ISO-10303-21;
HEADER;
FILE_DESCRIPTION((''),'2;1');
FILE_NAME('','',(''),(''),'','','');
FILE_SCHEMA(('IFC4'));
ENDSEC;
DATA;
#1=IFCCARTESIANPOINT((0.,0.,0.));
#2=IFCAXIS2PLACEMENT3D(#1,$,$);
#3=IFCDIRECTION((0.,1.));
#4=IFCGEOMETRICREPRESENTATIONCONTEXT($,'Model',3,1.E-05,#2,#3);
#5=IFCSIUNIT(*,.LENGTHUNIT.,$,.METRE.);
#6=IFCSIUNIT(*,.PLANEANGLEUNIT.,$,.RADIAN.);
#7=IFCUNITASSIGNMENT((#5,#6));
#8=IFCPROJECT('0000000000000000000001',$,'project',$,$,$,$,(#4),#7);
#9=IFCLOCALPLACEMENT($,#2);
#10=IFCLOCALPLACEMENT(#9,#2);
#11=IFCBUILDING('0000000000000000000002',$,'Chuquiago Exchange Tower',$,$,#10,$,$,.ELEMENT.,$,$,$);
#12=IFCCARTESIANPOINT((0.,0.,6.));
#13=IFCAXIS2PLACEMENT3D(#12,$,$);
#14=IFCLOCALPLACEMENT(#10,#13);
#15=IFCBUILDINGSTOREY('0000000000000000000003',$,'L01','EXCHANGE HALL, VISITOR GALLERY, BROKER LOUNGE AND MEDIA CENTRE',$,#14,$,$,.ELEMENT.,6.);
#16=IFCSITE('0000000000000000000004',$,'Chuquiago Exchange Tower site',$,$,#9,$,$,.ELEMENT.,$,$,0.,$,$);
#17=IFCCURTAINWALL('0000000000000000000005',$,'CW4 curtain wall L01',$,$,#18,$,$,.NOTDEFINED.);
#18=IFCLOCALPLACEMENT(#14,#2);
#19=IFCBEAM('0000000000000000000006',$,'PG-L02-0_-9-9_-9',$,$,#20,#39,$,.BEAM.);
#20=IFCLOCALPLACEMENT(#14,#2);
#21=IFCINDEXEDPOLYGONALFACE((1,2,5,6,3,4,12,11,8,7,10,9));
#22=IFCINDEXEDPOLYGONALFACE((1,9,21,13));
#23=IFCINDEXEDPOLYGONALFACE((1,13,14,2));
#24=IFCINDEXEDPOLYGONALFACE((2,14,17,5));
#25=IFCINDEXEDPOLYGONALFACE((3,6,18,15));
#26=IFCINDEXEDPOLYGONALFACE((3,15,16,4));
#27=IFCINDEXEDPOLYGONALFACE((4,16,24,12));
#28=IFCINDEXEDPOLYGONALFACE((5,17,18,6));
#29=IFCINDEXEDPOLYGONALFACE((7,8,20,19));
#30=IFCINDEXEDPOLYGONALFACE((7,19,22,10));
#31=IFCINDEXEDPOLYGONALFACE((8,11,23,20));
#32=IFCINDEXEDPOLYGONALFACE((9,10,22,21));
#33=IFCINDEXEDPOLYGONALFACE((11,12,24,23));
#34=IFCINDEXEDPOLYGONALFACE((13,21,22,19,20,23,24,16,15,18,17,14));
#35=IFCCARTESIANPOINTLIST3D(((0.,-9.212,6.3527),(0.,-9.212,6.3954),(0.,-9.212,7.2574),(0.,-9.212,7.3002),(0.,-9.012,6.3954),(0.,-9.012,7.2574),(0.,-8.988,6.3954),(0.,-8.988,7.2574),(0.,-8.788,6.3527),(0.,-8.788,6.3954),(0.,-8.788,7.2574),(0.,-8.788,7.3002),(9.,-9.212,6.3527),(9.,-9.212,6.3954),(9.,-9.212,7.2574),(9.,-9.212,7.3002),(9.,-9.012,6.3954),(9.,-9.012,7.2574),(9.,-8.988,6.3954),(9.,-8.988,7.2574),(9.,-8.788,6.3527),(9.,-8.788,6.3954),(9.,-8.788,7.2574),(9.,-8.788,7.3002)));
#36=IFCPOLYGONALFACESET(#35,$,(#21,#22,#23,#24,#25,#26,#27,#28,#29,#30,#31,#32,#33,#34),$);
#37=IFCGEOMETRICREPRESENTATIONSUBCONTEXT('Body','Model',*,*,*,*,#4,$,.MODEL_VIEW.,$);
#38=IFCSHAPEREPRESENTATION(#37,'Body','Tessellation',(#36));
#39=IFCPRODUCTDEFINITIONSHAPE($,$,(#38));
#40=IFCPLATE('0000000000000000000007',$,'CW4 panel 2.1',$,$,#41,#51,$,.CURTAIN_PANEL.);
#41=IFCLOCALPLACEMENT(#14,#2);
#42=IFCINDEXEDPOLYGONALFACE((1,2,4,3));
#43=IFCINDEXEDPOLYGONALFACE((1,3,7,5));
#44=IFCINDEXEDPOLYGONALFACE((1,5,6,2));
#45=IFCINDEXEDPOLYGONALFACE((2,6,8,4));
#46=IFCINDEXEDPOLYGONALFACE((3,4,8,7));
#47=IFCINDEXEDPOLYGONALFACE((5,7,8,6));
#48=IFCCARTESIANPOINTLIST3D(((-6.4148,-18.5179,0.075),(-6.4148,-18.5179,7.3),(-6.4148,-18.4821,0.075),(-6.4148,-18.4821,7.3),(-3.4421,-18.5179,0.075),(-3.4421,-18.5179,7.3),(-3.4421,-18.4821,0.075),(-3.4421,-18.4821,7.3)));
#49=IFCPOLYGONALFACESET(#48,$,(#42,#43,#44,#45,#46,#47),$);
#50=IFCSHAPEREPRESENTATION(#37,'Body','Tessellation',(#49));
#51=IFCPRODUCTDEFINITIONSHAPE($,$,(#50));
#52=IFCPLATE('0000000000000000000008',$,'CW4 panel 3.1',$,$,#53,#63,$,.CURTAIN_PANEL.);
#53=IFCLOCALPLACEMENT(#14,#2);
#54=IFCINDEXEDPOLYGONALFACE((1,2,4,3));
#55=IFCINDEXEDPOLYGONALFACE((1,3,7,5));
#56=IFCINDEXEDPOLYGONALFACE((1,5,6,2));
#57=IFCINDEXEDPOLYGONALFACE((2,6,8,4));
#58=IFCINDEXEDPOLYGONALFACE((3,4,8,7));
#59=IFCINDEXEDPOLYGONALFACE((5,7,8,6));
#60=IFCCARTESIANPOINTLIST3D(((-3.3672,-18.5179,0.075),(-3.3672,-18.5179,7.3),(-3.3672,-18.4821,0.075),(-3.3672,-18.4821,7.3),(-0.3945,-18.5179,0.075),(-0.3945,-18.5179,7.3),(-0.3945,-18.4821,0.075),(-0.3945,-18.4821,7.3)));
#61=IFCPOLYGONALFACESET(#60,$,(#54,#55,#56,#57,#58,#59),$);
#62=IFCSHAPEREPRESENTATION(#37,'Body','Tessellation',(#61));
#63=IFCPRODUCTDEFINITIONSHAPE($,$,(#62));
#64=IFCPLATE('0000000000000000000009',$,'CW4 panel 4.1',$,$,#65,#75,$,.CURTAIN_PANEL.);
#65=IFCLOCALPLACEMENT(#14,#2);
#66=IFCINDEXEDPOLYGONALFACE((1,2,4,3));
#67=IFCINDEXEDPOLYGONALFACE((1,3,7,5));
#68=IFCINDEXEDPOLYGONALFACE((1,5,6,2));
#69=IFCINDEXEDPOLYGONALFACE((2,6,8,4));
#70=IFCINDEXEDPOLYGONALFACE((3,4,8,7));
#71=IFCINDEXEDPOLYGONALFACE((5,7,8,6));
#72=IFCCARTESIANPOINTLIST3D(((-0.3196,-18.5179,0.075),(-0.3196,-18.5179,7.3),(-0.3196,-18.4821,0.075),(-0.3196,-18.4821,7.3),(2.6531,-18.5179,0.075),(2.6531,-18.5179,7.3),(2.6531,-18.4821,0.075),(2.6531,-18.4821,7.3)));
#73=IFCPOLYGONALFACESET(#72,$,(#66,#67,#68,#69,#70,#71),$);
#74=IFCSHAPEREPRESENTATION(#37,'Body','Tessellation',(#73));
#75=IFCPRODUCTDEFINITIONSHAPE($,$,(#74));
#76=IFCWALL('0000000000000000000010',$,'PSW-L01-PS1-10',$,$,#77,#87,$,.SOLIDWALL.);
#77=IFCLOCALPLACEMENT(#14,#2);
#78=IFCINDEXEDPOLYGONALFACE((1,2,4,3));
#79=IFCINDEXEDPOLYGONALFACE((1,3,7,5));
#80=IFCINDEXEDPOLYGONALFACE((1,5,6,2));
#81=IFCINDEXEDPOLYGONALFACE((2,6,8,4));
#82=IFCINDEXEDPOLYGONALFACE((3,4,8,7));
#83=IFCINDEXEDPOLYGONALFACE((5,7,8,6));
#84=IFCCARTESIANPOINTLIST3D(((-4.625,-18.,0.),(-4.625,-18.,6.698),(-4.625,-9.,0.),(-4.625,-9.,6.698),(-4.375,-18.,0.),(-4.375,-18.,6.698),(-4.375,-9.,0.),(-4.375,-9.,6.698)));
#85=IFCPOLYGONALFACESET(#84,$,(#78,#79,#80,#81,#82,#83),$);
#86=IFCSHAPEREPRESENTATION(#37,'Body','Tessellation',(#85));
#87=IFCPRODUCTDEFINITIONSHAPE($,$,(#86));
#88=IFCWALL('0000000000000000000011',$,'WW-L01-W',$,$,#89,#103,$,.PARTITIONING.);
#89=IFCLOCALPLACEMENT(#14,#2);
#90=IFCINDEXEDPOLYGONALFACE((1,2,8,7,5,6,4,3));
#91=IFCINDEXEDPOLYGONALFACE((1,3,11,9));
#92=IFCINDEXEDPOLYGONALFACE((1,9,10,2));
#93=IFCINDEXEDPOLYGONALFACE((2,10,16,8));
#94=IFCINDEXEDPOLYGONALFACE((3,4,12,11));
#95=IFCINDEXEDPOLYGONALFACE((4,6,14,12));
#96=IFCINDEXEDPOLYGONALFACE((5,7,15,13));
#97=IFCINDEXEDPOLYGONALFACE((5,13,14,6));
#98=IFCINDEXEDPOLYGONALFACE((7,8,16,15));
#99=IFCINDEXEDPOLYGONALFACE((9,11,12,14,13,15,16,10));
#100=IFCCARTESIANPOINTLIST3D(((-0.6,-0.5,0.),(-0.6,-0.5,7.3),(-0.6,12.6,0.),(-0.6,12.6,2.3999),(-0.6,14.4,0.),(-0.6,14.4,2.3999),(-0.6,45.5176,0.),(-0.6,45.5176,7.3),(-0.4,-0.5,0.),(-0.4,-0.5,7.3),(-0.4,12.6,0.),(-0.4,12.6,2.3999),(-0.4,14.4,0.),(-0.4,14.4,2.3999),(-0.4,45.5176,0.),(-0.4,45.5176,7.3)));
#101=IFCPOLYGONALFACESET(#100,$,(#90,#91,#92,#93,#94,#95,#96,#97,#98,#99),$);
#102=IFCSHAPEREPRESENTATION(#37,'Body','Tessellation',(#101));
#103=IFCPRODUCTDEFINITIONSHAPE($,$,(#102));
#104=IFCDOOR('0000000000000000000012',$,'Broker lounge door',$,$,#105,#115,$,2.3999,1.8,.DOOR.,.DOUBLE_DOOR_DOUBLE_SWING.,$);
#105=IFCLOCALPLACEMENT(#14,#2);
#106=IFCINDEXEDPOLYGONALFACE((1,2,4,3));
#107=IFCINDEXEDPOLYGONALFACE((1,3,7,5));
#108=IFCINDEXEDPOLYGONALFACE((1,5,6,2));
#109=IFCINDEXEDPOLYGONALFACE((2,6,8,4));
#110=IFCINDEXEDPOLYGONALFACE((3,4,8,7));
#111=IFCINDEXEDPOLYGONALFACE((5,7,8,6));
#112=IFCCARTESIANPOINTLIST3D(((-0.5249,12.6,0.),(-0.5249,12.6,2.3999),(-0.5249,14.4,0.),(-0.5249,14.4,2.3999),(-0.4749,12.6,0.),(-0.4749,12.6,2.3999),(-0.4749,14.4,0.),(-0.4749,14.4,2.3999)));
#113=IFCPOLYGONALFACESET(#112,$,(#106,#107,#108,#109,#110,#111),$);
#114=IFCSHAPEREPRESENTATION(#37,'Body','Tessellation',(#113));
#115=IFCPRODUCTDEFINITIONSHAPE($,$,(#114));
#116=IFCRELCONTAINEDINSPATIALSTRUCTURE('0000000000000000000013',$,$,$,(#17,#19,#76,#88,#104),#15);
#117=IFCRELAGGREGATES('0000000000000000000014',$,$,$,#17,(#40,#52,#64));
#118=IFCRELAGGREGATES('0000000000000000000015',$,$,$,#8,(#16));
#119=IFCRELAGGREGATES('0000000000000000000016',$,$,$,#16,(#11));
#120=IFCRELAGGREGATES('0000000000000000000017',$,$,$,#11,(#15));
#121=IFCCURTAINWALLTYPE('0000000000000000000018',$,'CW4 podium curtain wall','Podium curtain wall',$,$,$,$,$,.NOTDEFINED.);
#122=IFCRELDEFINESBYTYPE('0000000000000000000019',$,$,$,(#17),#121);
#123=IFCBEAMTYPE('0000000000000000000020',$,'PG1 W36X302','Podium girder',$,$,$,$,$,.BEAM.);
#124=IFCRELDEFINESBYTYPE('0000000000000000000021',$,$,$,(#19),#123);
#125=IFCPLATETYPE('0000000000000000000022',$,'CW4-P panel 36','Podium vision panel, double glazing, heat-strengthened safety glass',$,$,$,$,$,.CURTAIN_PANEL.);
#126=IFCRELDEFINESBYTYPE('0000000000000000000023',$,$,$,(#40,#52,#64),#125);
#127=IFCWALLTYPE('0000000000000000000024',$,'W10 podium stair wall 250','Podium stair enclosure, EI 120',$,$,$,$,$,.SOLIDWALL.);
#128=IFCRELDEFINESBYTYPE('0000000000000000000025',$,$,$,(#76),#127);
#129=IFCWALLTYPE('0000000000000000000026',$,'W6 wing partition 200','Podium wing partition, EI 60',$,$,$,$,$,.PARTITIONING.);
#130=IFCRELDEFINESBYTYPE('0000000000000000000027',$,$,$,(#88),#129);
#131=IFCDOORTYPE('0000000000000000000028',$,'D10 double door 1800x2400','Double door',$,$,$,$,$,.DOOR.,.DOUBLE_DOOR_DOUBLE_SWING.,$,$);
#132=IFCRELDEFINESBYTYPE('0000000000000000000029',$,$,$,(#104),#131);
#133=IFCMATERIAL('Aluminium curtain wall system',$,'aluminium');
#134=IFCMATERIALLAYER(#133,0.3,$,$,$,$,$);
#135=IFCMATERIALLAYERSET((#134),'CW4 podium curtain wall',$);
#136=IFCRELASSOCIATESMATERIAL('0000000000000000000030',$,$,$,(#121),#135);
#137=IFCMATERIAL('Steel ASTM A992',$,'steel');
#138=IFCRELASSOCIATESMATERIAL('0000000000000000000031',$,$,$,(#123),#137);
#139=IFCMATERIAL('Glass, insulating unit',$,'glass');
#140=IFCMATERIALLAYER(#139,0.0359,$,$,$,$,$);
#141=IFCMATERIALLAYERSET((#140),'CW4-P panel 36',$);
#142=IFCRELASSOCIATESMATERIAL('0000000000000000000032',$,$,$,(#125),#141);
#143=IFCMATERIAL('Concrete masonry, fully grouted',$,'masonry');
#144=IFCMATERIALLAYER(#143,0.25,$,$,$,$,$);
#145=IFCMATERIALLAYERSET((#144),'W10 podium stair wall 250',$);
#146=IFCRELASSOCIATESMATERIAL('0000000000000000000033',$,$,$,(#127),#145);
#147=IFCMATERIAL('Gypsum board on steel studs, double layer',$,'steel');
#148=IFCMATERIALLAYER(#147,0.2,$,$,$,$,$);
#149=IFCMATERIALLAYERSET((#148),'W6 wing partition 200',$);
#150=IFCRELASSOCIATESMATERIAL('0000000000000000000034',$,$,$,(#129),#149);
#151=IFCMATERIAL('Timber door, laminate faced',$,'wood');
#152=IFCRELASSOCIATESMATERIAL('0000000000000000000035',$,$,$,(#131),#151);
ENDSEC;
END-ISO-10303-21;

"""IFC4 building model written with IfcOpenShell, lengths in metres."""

from ifc_helpers import new_model, si_unit, direction, frame, frame_2d, origin, origin_2d, place, context, subcontext, project, spatial, rectangle, i_section, extrude, material, layer, layer_set, material_profile, profile_set, type_object, element, fill, aggregate, save


model = new_model("IFC4")

# Units and contexts
model_context = context("Model", 3, precision=1e-05, world=origin(), true_north=direction((0.0, 1.0)))
body_context = subcontext(model_context, "Body", "Model", "MODEL_VIEW")
ifc_project = project(units=[si_unit("LENGTHUNIT", "METRE"), si_unit("PLANEANGLEUNIT", "RADIAN")], contexts=[model_context])

# Site, building, storey
site_placement = place(None, origin())
site = spatial("IfcSite", under=ifc_project, at=site_placement, Name="Chuquiago Exchange Tower site", CompositionType="ELEMENT", RefElevation=0.0)
building_placement = place(site_placement, origin())
building = spatial("IfcBuilding", under=site, at=building_placement, Name="Chuquiago Exchange Tower", CompositionType="ELEMENT")
storey_placement = place(building_placement, frame((0.0, 0.0, 6.0)))
storey = spatial("IfcBuildingStorey", under=building, at=storey_placement, Name="L01", Description="EXCHANGE HALL, VISITOR GALLERY, BROKER LOUNGE AND MEDIA CENTRE", CompositionType="ELEMENT", Elevation=6.0)

# Curtain wall
ifc_material_1 = material(Name="Aluminium curtain wall system", Category="aluminium")
ifc_layer_1 = layer(ifc_material_1, 0.3)
ifc_layer_set_1 = layer_set([ifc_layer_1], Name="CW4 podium curtain wall")
curtain_wall_type = type_object("IfcCurtainWallType", Name="CW4 podium curtain wall", Description="Podium curtain wall", PredefinedType="NOTDEFINED", material=ifc_layer_set_1)
curtain_wall_placement = place(storey_placement, origin())
curtain_wall = element("IfcCurtainWall", 1, at=curtain_wall_placement, inside=storey, type_object=curtain_wall_type, Name="CW4 curtain wall L01", PredefinedType="NOTDEFINED")

# Beam
ifc_material_2 = material(Name="Steel ASTM A992", Category="steel")
ifc_material_profile_1 = material_profile(ifc_material_2, i_section(OverallWidth=0.4241, OverallDepth=0.9475, WebThickness=0.0239, FlangeThickness=0.0427, at=origin_2d()), Name="W36X302")
ifc_profile_set_1 = profile_set([ifc_material_profile_1], Name="Steel ASTM A992")
beam_type_1 = type_object("IfcBeamType", Name="PG1 W36X302", Description="Podium girder", PredefinedType="BEAM", material=ifc_profile_set_1)
for number, where, z_axis, x_axis, name in (
    (2, (0.0, -9.0, 6.8264), (1.0, 0.0, 0.0), (0.0, 1.0, 0.0), "PG-L02-0_-9-9_-9"),
):
    element("IfcBeam", number, at=place(storey_placement, frame(where, z_axis=z_axis, x_axis=x_axis)), inside=storey, type_object=beam_type_1, Name=name, PredefinedType="BEAM", context=body_context, shape_type="SweptSolid", body=[
        extrude(i_section(OverallWidth=0.4241, OverallDepth=0.9475, WebThickness=0.0239, FlangeThickness=0.0427, at=origin_2d()), origin(), (0.0, 0.0, 1.0), 9.0),
    ])

# Plates
ifc_material_3 = material(Name="Glass, insulating unit", Category="glass")
ifc_layer_2 = layer(ifc_material_3, 0.0359)
ifc_layer_set_2 = layer_set([ifc_layer_2], Name="CW4-P panel 36")
plate_type = type_object("IfcPlateType", Name="CW4-P panel 36", Description="Podium vision panel, double glazing, heat-strengthened safety glass", PredefinedType="CURTAIN_PANEL", material=ifc_layer_set_2)
plate_1_placement = place(storey_placement, frame((-4.9285, -18.5, 0.075), z_axis=(0.0, 0.0, 1.0), x_axis=(1.0, 0.0, 0.0)))
plate_1 = element("IfcPlate", 3, at=plate_1_placement, type_object=plate_type, Name="CW4 panel 2.1", PredefinedType="CURTAIN_PANEL", context=body_context, shape_type="SweptSolid", body=[
    extrude(rectangle(XDim=2.9727, YDim=0.0359, at=origin_2d()), origin(), (0.0, 0.0, 1.0), 7.2251),
])
plate_2_placement = place(storey_placement, frame((-1.8809, -18.5, 0.075), z_axis=(0.0, 0.0, 1.0), x_axis=(1.0, 0.0, 0.0)))
plate_2 = element("IfcPlate", 4, at=plate_2_placement, type_object=plate_type, Name="CW4 panel 3.1", PredefinedType="CURTAIN_PANEL", context=body_context, shape_type="SweptSolid", body=[
    extrude(rectangle(XDim=2.9727, YDim=0.0359, at=origin_2d()), origin(), (0.0, 0.0, 1.0), 7.2251),
])
plate_3_placement = place(storey_placement, frame((1.1667, -18.5, 0.075), z_axis=(0.0, 0.0, 1.0), x_axis=(1.0, 0.0, 0.0)))
plate_3 = element("IfcPlate", 5, at=plate_3_placement, type_object=plate_type, Name="CW4 panel 4.1", PredefinedType="CURTAIN_PANEL", context=body_context, shape_type="SweptSolid", body=[
    extrude(rectangle(XDim=2.9727, YDim=0.0359, at=origin_2d()), origin(), (0.0, 0.0, 1.0), 7.2251),
])
aggregate(curtain_wall, [plate_1, plate_2, plate_3])

# Wall
ifc_material_4 = material(Name="Concrete masonry, fully grouted", Category="masonry")
ifc_layer_3 = layer(ifc_material_4, 0.25)
ifc_layer_set_3 = layer_set([ifc_layer_3], Name="W10 podium stair wall 250")
wall_type_1 = type_object("IfcWallType", Name="W10 podium stair wall 250", Description="Podium stair enclosure, EI 120", PredefinedType="SOLIDWALL", material=ifc_layer_set_3)
wall_1_placement = place(storey_placement, frame((-4.5, -18.0, 0.0), z_axis=(0.0, 0.0, 1.0), x_axis=(0.0, 1.0, 0.0)))
element("IfcWall", 6, at=wall_1_placement, inside=storey, type_object=wall_type_1, Name="PSW-L01-PS1-10", PredefinedType="SOLIDWALL", context=body_context, shape_type="SweptSolid", body=[
    extrude(rectangle(XDim=9.0, YDim=0.25, at=frame_2d((4.5, 0.0))), origin(), (0.0, 0.0, 1.0), 6.698),
])

# Wall, opening, door
ifc_material_5 = material(Name="Gypsum board on steel studs, double layer", Category="steel")
ifc_layer_4 = layer(ifc_material_5, 0.2)
ifc_layer_set_4 = layer_set([ifc_layer_4], Name="W6 wing partition 200")
wall_type_2 = type_object("IfcWallType", Name="W6 wing partition 200", Description="Podium wing partition, EI 60", PredefinedType="PARTITIONING", material=ifc_layer_set_4)
wall_2_placement = place(storey_placement, frame((-0.5, -0.5, 0.0), z_axis=(0.0, 0.0, 1.0), x_axis=(0.0, 1.0, 0.0)))
wall_2 = element("IfcWall", 7, at=wall_2_placement, inside=storey, type_object=wall_type_2, Name="WW-L01-W", PredefinedType="PARTITIONING", context=body_context, shape_type="SweptSolid", body=[
    extrude(rectangle(XDim=46.0176, YDim=0.2, at=frame_2d((23.0088, 0.0))), origin(), (0.0, 0.0, 1.0), 7.3),
])
opening_placement = place(wall_2_placement, frame((13.1001, 0.0, 0.0)))
opening = element("IfcOpeningElement", 8, at=opening_placement, cuts=wall_2, PredefinedType="OPENING", context=body_context, shape_type="SweptSolid", body=[
    extrude(rectangle(XDim=1.8, YDim=2.3999, at=frame_2d((0.8999, 1.2))), frame((0.0, 0.1099, 0.0), z_axis=(0.0, -1.0, 0.0), x_axis=(1.0, 0.0, 0.0)), (0.0, 0.0, 1.0), 0.22),
])
ifc_material_6 = material(Name="Timber door, laminate faced", Category="wood")
door_type = type_object("IfcDoorType", Name="D10 double door 1800x2400", Description="Double door", OperationType="DOUBLE_DOOR_DOUBLE_SWING", PredefinedType="DOOR", material=ifc_material_6)
door_placement = place(opening_placement, origin())
door = element("IfcDoor", 9, at=door_placement, inside=storey, type_object=door_type, Name="Broker lounge door", OperationType="DOUBLE_DOOR_DOUBLE_SWING", OverallHeight=2.3999, OverallWidth=1.8, PredefinedType="DOOR", context=body_context, shape_type="SweptSolid", body=[
    extrude(rectangle(XDim=1.8, YDim=2.3999, at=frame_2d((0.8999, 1.2))), frame((0.0, 0.0249, 0.0), z_axis=(0.0, -1.0, 0.0), x_axis=(1.0, 0.0, 0.0)), (0.0, 0.0, 1.0), 0.05),
])
fill(opening, door)

save(model, "model.ifc")
